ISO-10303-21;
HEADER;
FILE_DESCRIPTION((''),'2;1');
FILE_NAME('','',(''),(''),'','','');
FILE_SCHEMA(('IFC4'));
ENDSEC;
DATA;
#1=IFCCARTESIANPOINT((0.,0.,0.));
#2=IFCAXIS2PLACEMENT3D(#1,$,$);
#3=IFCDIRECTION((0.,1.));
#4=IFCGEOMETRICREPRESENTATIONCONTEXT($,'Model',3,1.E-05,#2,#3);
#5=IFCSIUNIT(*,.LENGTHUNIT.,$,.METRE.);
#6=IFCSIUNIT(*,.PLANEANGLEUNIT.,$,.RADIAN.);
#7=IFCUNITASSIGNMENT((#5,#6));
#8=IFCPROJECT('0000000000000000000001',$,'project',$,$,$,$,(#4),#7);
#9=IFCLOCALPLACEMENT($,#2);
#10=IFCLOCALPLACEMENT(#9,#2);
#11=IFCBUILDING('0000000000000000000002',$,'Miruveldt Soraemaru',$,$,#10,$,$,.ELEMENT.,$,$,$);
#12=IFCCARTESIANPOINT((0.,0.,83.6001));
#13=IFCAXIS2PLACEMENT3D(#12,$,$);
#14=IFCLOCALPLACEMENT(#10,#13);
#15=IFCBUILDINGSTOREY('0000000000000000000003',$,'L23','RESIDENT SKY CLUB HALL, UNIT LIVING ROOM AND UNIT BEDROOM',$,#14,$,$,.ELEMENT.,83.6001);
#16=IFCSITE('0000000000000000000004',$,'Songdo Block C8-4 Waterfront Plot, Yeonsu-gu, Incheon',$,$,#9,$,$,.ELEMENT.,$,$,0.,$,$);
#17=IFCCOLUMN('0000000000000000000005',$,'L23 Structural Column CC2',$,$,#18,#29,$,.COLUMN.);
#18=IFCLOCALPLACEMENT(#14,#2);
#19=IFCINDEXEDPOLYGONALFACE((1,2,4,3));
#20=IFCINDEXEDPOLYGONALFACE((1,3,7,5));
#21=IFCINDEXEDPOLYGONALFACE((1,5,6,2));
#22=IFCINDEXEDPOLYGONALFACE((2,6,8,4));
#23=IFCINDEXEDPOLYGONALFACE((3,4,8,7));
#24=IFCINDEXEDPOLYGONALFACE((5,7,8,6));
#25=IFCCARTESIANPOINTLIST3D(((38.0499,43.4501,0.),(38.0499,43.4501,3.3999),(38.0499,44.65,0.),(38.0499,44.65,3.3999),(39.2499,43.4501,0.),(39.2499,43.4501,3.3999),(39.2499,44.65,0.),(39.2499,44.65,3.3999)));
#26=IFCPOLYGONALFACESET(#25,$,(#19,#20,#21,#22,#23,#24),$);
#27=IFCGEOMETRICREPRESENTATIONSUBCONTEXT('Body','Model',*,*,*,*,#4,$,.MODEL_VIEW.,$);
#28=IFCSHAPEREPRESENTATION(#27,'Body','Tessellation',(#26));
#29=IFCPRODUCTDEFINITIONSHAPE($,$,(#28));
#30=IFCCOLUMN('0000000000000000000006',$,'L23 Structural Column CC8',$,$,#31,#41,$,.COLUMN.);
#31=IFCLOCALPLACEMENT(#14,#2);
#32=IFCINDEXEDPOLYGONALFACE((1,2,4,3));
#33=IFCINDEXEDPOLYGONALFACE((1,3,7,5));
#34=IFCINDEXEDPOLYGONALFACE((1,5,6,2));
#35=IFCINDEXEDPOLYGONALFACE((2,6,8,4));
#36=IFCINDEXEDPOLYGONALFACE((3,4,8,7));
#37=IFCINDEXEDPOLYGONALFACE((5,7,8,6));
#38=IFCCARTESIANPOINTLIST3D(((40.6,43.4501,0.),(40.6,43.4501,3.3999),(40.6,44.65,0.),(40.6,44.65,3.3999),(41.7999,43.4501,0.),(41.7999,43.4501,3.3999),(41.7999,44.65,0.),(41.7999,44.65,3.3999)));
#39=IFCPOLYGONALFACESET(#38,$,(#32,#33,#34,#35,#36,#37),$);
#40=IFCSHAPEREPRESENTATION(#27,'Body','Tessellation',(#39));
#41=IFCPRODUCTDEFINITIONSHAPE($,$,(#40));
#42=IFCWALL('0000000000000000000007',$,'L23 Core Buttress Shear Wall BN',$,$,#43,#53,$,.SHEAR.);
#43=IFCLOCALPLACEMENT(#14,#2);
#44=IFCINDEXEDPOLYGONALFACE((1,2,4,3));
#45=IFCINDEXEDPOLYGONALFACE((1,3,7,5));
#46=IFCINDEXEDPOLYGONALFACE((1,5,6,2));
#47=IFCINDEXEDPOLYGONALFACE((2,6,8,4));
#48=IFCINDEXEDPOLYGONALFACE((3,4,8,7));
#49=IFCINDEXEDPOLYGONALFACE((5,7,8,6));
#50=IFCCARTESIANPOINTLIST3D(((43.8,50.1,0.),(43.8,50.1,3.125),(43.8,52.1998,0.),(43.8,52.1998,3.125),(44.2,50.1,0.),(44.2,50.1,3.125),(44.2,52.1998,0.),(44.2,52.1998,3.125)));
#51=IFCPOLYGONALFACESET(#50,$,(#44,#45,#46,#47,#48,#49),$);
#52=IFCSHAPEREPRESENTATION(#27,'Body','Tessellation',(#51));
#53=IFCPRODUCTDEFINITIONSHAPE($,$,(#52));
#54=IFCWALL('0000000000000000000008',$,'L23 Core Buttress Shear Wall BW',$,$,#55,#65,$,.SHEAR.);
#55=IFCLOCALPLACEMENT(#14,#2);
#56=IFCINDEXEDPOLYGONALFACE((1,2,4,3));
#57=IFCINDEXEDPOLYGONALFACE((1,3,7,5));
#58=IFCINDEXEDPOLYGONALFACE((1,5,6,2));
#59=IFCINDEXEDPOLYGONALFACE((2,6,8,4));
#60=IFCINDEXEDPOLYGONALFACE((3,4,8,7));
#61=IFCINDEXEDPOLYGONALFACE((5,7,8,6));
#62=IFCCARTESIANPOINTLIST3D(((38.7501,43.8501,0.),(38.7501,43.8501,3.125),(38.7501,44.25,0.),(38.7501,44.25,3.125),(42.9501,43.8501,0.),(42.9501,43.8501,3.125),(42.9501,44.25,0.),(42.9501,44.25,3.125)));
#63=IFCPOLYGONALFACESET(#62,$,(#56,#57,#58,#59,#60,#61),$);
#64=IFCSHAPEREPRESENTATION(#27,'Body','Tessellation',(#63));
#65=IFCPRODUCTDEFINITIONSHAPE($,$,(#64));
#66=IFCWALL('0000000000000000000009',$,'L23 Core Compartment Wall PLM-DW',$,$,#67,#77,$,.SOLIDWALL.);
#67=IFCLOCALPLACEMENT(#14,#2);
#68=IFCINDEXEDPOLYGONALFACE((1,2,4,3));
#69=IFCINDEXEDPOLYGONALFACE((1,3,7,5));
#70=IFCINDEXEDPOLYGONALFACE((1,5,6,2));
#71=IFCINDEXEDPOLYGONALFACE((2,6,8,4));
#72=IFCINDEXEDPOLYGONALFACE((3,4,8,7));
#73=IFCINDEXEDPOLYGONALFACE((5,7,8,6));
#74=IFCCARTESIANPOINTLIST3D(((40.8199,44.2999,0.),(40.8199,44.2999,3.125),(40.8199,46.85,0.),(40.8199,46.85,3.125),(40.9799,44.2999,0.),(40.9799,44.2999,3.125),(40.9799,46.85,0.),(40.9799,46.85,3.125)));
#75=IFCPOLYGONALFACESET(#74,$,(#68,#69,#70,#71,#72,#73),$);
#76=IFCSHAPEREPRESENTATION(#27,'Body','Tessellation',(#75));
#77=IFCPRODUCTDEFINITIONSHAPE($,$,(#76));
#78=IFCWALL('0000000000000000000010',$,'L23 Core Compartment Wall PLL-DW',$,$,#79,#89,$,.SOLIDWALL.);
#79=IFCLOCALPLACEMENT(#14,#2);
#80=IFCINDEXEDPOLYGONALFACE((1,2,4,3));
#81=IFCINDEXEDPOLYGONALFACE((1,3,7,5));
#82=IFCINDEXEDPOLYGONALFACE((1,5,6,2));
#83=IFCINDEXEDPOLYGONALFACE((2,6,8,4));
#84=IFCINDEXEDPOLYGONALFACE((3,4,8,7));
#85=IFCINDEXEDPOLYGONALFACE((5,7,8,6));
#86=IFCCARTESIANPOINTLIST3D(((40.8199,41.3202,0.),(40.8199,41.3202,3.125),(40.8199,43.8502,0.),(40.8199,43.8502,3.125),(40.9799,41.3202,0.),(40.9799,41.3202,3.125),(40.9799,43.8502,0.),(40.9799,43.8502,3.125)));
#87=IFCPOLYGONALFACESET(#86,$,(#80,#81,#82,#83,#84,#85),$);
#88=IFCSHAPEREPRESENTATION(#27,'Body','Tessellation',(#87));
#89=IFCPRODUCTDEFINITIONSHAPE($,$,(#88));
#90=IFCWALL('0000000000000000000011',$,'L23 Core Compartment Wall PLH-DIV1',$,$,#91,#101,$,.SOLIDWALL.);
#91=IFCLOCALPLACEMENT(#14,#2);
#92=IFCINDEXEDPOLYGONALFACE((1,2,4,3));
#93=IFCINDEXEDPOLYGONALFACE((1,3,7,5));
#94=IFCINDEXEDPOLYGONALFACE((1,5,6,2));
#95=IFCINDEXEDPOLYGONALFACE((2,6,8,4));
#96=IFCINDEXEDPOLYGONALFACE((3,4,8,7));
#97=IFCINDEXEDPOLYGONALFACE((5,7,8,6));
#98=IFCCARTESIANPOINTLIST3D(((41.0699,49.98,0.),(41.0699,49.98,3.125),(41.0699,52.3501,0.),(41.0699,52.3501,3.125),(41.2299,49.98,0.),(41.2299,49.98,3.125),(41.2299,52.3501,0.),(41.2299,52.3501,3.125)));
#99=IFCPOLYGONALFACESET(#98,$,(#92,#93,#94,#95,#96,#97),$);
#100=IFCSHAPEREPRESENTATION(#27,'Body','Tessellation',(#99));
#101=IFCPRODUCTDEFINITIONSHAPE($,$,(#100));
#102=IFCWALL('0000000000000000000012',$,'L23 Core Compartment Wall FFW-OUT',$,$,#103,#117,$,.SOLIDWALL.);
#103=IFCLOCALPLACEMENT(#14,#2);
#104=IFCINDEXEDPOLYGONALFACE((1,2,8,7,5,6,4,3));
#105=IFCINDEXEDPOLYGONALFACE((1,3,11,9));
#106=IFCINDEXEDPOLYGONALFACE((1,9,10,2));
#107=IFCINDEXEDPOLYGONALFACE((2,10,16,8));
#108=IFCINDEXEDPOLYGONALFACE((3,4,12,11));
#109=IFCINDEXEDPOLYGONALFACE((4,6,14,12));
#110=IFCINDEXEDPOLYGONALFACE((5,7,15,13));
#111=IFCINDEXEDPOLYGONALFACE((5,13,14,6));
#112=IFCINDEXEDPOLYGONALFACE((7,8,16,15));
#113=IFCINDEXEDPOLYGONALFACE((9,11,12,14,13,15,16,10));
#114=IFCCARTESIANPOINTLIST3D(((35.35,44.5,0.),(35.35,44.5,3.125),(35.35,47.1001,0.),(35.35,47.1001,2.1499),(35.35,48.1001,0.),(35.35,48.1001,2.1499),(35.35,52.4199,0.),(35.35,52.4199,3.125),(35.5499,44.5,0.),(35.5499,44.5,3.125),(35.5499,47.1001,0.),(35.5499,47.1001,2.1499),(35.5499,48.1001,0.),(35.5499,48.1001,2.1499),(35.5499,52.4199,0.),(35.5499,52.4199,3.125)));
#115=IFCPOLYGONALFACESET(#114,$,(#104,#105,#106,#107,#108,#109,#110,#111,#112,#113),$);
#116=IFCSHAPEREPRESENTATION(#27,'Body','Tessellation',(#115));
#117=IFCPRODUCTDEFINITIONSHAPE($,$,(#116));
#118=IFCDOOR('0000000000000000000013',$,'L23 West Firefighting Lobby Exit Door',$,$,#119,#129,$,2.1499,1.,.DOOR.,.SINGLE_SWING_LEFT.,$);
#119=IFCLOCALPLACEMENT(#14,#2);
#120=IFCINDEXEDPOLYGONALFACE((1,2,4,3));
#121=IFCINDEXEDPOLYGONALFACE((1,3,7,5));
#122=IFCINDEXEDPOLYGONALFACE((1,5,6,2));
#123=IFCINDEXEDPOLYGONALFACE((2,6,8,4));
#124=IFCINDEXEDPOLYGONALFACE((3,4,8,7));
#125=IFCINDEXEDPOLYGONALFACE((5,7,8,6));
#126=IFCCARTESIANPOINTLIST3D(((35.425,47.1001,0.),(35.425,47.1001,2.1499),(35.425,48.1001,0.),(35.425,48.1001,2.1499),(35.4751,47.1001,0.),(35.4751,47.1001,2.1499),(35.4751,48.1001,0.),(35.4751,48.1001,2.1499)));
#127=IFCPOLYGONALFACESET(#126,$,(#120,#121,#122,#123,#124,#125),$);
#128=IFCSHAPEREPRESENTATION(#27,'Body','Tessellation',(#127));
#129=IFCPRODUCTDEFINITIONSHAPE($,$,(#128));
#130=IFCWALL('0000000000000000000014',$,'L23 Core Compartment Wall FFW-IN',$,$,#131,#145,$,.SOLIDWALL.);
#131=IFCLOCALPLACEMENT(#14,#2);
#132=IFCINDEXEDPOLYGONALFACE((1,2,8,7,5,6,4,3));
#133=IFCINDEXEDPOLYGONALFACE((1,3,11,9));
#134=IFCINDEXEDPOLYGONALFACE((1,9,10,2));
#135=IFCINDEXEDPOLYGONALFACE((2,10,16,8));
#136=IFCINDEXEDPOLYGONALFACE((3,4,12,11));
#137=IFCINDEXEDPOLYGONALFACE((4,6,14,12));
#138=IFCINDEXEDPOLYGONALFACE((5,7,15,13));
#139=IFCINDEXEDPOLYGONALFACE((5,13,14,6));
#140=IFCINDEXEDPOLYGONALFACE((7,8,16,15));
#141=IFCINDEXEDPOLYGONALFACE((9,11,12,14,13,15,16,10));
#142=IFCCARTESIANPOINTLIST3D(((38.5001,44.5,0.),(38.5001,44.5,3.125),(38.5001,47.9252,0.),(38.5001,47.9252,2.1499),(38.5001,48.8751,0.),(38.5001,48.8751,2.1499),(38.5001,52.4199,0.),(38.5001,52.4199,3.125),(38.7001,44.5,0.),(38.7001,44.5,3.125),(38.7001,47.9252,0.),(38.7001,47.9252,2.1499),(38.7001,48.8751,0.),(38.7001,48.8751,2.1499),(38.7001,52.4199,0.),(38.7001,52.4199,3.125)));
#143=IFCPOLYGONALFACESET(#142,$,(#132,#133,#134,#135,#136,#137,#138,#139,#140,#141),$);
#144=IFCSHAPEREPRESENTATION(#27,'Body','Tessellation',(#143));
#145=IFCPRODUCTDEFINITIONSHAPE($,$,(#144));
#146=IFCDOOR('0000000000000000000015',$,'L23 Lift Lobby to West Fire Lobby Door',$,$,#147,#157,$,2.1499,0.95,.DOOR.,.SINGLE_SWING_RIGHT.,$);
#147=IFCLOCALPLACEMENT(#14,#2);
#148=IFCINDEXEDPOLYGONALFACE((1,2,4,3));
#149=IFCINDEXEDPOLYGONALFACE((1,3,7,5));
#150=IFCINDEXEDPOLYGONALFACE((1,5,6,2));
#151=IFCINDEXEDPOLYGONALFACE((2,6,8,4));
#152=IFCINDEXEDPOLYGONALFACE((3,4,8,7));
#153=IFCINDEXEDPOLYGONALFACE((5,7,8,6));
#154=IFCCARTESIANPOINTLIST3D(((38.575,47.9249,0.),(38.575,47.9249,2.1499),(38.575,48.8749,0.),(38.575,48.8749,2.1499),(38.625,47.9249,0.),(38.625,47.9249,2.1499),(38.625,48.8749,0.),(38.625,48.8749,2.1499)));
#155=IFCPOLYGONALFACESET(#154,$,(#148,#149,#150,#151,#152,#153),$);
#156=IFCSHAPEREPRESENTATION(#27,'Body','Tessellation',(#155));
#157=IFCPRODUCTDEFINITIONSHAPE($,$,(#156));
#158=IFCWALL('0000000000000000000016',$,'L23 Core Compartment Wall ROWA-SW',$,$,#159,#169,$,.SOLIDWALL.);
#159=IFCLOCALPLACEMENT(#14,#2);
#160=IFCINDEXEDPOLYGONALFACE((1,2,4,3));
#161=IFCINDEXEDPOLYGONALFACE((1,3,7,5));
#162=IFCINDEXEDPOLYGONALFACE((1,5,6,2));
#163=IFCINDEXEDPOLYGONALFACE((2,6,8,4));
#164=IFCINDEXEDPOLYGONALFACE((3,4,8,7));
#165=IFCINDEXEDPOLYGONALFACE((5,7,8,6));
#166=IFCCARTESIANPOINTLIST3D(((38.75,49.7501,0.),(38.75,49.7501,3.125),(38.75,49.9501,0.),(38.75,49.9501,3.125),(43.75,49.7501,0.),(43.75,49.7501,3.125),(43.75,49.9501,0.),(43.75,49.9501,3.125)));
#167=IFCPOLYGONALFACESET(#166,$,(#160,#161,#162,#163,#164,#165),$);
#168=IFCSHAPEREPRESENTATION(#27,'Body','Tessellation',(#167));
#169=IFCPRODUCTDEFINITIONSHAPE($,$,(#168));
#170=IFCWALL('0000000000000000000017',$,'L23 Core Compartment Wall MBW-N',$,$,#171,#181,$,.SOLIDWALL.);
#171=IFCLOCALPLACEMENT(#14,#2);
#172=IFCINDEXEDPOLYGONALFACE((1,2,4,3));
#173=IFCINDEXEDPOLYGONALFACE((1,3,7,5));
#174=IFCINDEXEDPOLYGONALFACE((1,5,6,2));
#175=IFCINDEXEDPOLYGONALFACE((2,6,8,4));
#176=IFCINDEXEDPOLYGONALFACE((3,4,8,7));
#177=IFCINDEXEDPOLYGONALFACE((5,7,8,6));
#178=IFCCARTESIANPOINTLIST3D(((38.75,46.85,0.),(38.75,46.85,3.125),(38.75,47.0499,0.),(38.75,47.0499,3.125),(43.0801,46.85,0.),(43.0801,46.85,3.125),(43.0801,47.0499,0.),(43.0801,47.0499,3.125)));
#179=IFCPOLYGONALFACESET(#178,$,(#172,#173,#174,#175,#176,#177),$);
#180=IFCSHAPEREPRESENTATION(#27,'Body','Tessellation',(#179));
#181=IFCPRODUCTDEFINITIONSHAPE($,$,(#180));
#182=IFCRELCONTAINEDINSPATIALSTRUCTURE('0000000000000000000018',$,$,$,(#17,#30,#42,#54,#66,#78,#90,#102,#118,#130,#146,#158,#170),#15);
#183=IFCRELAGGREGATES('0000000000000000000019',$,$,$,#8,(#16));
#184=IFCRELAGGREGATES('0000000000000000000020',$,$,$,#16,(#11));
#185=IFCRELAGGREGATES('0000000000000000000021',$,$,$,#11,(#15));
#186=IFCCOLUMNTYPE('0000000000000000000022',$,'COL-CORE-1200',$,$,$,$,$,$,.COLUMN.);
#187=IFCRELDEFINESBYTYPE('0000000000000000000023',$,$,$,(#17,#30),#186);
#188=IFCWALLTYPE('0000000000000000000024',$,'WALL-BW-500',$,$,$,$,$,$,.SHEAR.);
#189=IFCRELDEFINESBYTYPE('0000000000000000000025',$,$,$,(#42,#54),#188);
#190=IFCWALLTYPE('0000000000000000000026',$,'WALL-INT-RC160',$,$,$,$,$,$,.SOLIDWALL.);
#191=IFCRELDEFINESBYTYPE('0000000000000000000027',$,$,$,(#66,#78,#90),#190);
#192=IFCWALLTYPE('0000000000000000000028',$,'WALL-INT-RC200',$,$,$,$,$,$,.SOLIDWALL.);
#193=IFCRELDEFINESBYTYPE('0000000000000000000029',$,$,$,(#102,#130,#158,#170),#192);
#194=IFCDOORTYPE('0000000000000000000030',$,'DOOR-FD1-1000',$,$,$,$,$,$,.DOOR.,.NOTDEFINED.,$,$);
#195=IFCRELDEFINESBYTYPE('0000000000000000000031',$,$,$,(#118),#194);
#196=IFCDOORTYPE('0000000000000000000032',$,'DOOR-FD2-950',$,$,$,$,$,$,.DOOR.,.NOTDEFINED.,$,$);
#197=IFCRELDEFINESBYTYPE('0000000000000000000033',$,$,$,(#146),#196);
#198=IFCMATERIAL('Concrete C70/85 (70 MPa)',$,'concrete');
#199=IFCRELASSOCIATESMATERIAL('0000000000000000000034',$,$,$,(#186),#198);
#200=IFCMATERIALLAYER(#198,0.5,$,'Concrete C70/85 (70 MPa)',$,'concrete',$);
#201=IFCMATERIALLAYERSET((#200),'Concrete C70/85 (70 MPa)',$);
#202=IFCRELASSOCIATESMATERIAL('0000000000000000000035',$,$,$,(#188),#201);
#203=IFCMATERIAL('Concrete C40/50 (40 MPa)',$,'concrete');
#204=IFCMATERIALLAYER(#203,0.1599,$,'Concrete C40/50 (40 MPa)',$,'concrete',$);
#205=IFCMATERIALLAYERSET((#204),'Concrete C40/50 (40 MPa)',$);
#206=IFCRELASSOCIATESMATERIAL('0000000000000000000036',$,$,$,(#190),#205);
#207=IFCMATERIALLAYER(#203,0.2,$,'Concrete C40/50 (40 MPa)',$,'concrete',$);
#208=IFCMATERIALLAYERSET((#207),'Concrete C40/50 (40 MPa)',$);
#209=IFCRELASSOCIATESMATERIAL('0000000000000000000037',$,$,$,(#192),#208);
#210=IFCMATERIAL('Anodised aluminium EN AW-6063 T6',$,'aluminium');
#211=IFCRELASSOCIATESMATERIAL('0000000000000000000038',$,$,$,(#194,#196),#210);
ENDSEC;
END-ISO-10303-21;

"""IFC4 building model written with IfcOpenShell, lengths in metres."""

from ifc_helpers import new_model, si_unit, direction, frame, frame_2d, origin, origin_2d, place, context, subcontext, project, spatial, rectangle, extrude, material, layer, layer_set, material_profile, profile_set, type_object, element, fill, save


model = new_model("IFC4")

# Units and contexts
model_context = context("Model", 3, precision=1e-05, world=origin(), true_north=direction((0.0, 1.0)))
body_context = subcontext(model_context, "Body", "Model", "MODEL_VIEW")
ifc_project = project(units=[si_unit("LENGTHUNIT", "METRE"), si_unit("PLANEANGLEUNIT", "RADIAN")], contexts=[model_context])

# Site, building, storey
site_placement = place(None, origin())
site = spatial("IfcSite", under=ifc_project, at=site_placement, Name="Songdo Block C8-4 Waterfront Plot, Yeonsu-gu, Incheon", CompositionType="ELEMENT", RefElevation=0.0)
building_placement = place(site_placement, origin())
building = spatial("IfcBuilding", under=site, at=building_placement, Name="Miruveldt Soraemaru", CompositionType="ELEMENT")
storey_placement = place(building_placement, frame((0.0, 0.0, 83.6001)))
storey = spatial("IfcBuildingStorey", under=building, at=storey_placement, Name="L23", Description="RESIDENT SKY CLUB HALL, UNIT LIVING ROOM AND UNIT BEDROOM", CompositionType="ELEMENT", Elevation=83.6001)

# Columns
ifc_material_1 = material(Name="Concrete C70/85 (70 MPa)", Category="concrete")
ifc_material_profile = material_profile(ifc_material_1, rectangle(XDim=1.2, YDim=1.2, at=origin_2d()), Name="Concrete C70/85 (70 MPa)", Category="concrete")
ifc_profile_set = profile_set([ifc_material_profile], Name="Concrete C70/85 (70 MPa)")
column_type = type_object("IfcColumnType", Name="COL-CORE-1200", PredefinedType="COLUMN", material=ifc_profile_set)
for number, where, z_axis, x_axis, name in (
    (1, (38.6499, 44.05, 0.0), (0.0, 0.0, 1.0), (1.0, 0.0, 0.0), "L23 Structural Column CC2"),
    (2, (41.2, 44.05, 0.0), (0.0, 0.0, 1.0), (1.0, 0.0, 0.0), "L23 Structural Column CC8"),
):
    element("IfcColumn", number, at=place(storey_placement, frame(where, z_axis=z_axis, x_axis=x_axis)), inside=storey, type_object=column_type, Name=name, PredefinedType="COLUMN", context=body_context, shape_type="SweptSolid", body=[
        extrude(rectangle(XDim=1.2, YDim=1.2, at=origin_2d()), origin(), (0.0, 0.0, 1.0), 3.3999),
    ])

# Walls
ifc_layer_1 = layer(ifc_material_1, 0.5, Name="Concrete C70/85 (70 MPa)", Category="concrete")
ifc_layer_set_1 = layer_set([ifc_layer_1], Name="Concrete C70/85 (70 MPa)")
wall_type_1 = type_object("IfcWallType", Name="WALL-BW-500", PredefinedType="SHEAR", material=ifc_layer_set_1)
wall_1_placement = place(storey_placement, frame((44.0, 50.1001, 0.0), z_axis=(0.0, 0.0, 1.0), x_axis=(0.0, 1.0, 0.0)))
element("IfcWall", 3, at=wall_1_placement, inside=storey, type_object=wall_type_1, Name="L23 Core Buttress Shear Wall BN", PredefinedType="SHEAR", context=body_context, shape_type="SweptSolid", body=[
    extrude(rectangle(XDim=2.0999, YDim=0.3999, at=frame_2d((1.0498, 0.0))), origin(), (0.0, 0.0, 1.0), 3.125),
])
wall_2_placement = place(storey_placement, frame((38.75, 44.05, 0.0), z_axis=(0.0, 0.0, 1.0), x_axis=(1.0, 0.0, 0.0)))
element("IfcWall", 4, at=wall_2_placement, inside=storey, type_object=wall_type_1, Name="L23 Core Buttress Shear Wall BW", PredefinedType="SHEAR", context=body_context, shape_type="SweptSolid", body=[
    extrude(rectangle(XDim=4.2, YDim=0.3999, at=frame_2d((2.1001, 0.0))), origin(), (0.0, 0.0, 1.0), 3.125),
])
ifc_material_2 = material(Name="Concrete C40/50 (40 MPa)", Category="concrete")
ifc_layer_2 = layer(ifc_material_2, 0.1599, Name="Concrete C40/50 (40 MPa)", Category="concrete")
ifc_layer_set_2 = layer_set([ifc_layer_2], Name="Concrete C40/50 (40 MPa)")
wall_type_2 = type_object("IfcWallType", Name="WALL-INT-RC160", PredefinedType="SOLIDWALL", material=ifc_layer_set_2)
wall_3_placement = place(storey_placement, frame((40.8999, 44.3, 0.0), z_axis=(0.0, 0.0, 1.0), x_axis=(0.0, 1.0, 0.0)))
element("IfcWall", 5, at=wall_3_placement, inside=storey, type_object=wall_type_2, Name="L23 Core Compartment Wall PLM-DW", PredefinedType="SOLIDWALL", context=body_context, shape_type="SweptSolid", body=[
    extrude(rectangle(XDim=2.55, YDim=0.1599, at=frame_2d((1.2749, 0.0))), origin(), (0.0, 0.0, 1.0), 3.125),
])
wall_4_placement = place(storey_placement, frame((40.8999, 41.3201, 0.0), z_axis=(0.0, 0.0, 1.0), x_axis=(0.0, 1.0, 0.0)))
element("IfcWall", 6, at=wall_4_placement, inside=storey, type_object=wall_type_2, Name="L23 Core Compartment Wall PLL-DW", PredefinedType="SOLIDWALL", context=body_context, shape_type="SweptSolid", body=[
    extrude(rectangle(XDim=2.53, YDim=0.1599, at=frame_2d((1.2651, 0.0))), origin(), (0.0, 0.0, 1.0), 3.125),
])
wall_5_placement = place(storey_placement, frame((41.1499, 49.98, 0.0), z_axis=(0.0, 0.0, 1.0), x_axis=(0.0, 1.0, 0.0)))
element("IfcWall", 7, at=wall_5_placement, inside=storey, type_object=wall_type_2, Name="L23 Core Compartment Wall PLH-DIV1", PredefinedType="SOLIDWALL", context=body_context, shape_type="SweptSolid", body=[
    extrude(rectangle(XDim=2.3701, YDim=0.1599, at=frame_2d((1.1851, 0.0))), origin(), (0.0, 0.0, 1.0), 3.125),
])

# Walls, openings, doors
ifc_layer_3 = layer(ifc_material_2, 0.2, Name="Concrete C40/50 (40 MPa)", Category="concrete")
ifc_layer_set_3 = layer_set([ifc_layer_3], Name="Concrete C40/50 (40 MPa)")
wall_type_3 = type_object("IfcWallType", Name="WALL-INT-RC200", PredefinedType="SOLIDWALL", material=ifc_layer_set_3)
wall_6_placement = place(storey_placement, frame((35.45, 44.5, 0.0), z_axis=(0.0, 0.0, 1.0), x_axis=(0.0, 1.0, 0.0)))
wall_6 = element("IfcWall", 8, at=wall_6_placement, inside=storey, type_object=wall_type_3, Name="L23 Core Compartment Wall FFW-OUT", PredefinedType="SOLIDWALL", context=body_context, shape_type="SweptSolid", body=[
    extrude(rectangle(XDim=7.9199, YDim=0.2, at=frame_2d((3.96, 0.0))), origin(), (0.0, 0.0, 1.0), 3.125),
])
opening_1_placement = place(wall_6_placement, frame((2.6001, 0.0, 0.0)))
opening_1 = element("IfcOpeningElement", 9, at=opening_1_placement, cuts=wall_6, PredefinedType="OPENING", context=body_context, shape_type="SweptSolid", body=[
    extrude(rectangle(XDim=1.0, YDim=2.1499, at=frame_2d((0.5, 1.075))), frame((0.0, 0.1099, 0.0), z_axis=(0.0, -1.0, 0.0), x_axis=(1.0, 0.0, 0.0)), (0.0, 0.0, 1.0), 0.22),
])
ifc_material_3 = material(Name="Anodised aluminium EN AW-6063 T6", Category="aluminium")
door_type_1 = type_object("IfcDoorType", Name="DOOR-FD1-1000", OperationType="NOTDEFINED", PredefinedType="DOOR", material=ifc_material_3)
door_1_placement = place(opening_1_placement, origin())
door_1 = element("IfcDoor", 10, at=door_1_placement, inside=storey, type_object=door_type_1, Name="L23 West Firefighting Lobby Exit Door", OperationType="SINGLE_SWING_LEFT", OverallHeight=2.1499, OverallWidth=1.0, PredefinedType="DOOR", context=body_context, shape_type="SweptSolid", body=[
    extrude(rectangle(XDim=1.0, YDim=2.1499, at=frame_2d((0.5, 1.075))), frame((0.0, 0.0249, 0.0), z_axis=(0.0, -1.0, 0.0), x_axis=(1.0, 0.0, 0.0)), (0.0, 0.0, 1.0), 0.05),
])
fill(opening_1, door_1)
wall_7_placement = place(storey_placement, frame((38.6001, 44.5, 0.0), z_axis=(0.0, 0.0, 1.0), x_axis=(0.0, 1.0, 0.0)))
wall_7 = element("IfcWall", 11, at=wall_7_placement, inside=storey, type_object=wall_type_3, Name="L23 Core Compartment Wall FFW-IN", PredefinedType="SOLIDWALL", context=body_context, shape_type="SweptSolid", body=[
    extrude(rectangle(XDim=7.9199, YDim=0.2, at=frame_2d((3.96, 0.0))), origin(), (0.0, 0.0, 1.0), 3.125),
])
opening_2_placement = place(wall_7_placement, frame((3.425, 0.0, 0.0)))
opening_2 = element("IfcOpeningElement", 12, at=opening_2_placement, cuts=wall_7, PredefinedType="OPENING", context=body_context, shape_type="SweptSolid", body=[
    extrude(rectangle(XDim=0.95, YDim=2.1499, at=frame_2d((0.4751, 1.075))), frame((0.0, 0.1099, 0.0), z_axis=(0.0, -1.0, 0.0), x_axis=(1.0, 0.0, 0.0)), (0.0, 0.0, 1.0), 0.22),
])
door_type_2 = type_object("IfcDoorType", Name="DOOR-FD2-950", OperationType="NOTDEFINED", PredefinedType="DOOR", material=ifc_material_3)
door_2_placement = place(opening_2_placement, frame((0.95, 0.0, 0.0), z_axis=(0.0, 0.0, 1.0), x_axis=(-1.0, 0.0, 0.0)))
door_2 = element("IfcDoor", 13, at=door_2_placement, inside=storey, type_object=door_type_2, Name="L23 Lift Lobby to West Fire Lobby Door", OperationType="SINGLE_SWING_RIGHT", OverallHeight=2.1499, OverallWidth=0.95, PredefinedType="DOOR", context=body_context, shape_type="SweptSolid", body=[
    extrude(rectangle(XDim=0.95, YDim=2.1499, at=frame_2d((0.4751, 1.075))), frame((0.0, 0.0249, 0.0), z_axis=(0.0, -1.0, 0.0), x_axis=(1.0, 0.0, 0.0)), (0.0, 0.0, 1.0), 0.05),
])
fill(opening_2, door_2)

# Walls
wall_8_placement = place(storey_placement, frame((38.75, 49.8501, 0.0), z_axis=(0.0, 0.0, 1.0), x_axis=(1.0, 0.0, 0.0)))
element("IfcWall", 14, at=wall_8_placement, inside=storey, type_object=wall_type_3, Name="L23 Core Compartment Wall ROWA-SW", PredefinedType="SOLIDWALL", context=body_context, shape_type="SweptSolid", body=[
    extrude(rectangle(XDim=5.0, YDim=0.2, at=frame_2d((2.5, 0.0))), origin(), (0.0, 0.0, 1.0), 3.125),
])
wall_9_placement = place(storey_placement, frame((38.75, 46.95, 0.0), z_axis=(0.0, 0.0, 1.0), x_axis=(1.0, 0.0, 0.0)))
element("IfcWall", 15, at=wall_9_placement, inside=storey, type_object=wall_type_3, Name="L23 Core Compartment Wall MBW-N", PredefinedType="SOLIDWALL", context=body_context, shape_type="SweptSolid", body=[
    extrude(rectangle(XDim=4.3301, YDim=0.2, at=frame_2d((2.165, 0.0))), origin(), (0.0, 0.0, 1.0), 3.125),
])

save(model, "model.ifc")
